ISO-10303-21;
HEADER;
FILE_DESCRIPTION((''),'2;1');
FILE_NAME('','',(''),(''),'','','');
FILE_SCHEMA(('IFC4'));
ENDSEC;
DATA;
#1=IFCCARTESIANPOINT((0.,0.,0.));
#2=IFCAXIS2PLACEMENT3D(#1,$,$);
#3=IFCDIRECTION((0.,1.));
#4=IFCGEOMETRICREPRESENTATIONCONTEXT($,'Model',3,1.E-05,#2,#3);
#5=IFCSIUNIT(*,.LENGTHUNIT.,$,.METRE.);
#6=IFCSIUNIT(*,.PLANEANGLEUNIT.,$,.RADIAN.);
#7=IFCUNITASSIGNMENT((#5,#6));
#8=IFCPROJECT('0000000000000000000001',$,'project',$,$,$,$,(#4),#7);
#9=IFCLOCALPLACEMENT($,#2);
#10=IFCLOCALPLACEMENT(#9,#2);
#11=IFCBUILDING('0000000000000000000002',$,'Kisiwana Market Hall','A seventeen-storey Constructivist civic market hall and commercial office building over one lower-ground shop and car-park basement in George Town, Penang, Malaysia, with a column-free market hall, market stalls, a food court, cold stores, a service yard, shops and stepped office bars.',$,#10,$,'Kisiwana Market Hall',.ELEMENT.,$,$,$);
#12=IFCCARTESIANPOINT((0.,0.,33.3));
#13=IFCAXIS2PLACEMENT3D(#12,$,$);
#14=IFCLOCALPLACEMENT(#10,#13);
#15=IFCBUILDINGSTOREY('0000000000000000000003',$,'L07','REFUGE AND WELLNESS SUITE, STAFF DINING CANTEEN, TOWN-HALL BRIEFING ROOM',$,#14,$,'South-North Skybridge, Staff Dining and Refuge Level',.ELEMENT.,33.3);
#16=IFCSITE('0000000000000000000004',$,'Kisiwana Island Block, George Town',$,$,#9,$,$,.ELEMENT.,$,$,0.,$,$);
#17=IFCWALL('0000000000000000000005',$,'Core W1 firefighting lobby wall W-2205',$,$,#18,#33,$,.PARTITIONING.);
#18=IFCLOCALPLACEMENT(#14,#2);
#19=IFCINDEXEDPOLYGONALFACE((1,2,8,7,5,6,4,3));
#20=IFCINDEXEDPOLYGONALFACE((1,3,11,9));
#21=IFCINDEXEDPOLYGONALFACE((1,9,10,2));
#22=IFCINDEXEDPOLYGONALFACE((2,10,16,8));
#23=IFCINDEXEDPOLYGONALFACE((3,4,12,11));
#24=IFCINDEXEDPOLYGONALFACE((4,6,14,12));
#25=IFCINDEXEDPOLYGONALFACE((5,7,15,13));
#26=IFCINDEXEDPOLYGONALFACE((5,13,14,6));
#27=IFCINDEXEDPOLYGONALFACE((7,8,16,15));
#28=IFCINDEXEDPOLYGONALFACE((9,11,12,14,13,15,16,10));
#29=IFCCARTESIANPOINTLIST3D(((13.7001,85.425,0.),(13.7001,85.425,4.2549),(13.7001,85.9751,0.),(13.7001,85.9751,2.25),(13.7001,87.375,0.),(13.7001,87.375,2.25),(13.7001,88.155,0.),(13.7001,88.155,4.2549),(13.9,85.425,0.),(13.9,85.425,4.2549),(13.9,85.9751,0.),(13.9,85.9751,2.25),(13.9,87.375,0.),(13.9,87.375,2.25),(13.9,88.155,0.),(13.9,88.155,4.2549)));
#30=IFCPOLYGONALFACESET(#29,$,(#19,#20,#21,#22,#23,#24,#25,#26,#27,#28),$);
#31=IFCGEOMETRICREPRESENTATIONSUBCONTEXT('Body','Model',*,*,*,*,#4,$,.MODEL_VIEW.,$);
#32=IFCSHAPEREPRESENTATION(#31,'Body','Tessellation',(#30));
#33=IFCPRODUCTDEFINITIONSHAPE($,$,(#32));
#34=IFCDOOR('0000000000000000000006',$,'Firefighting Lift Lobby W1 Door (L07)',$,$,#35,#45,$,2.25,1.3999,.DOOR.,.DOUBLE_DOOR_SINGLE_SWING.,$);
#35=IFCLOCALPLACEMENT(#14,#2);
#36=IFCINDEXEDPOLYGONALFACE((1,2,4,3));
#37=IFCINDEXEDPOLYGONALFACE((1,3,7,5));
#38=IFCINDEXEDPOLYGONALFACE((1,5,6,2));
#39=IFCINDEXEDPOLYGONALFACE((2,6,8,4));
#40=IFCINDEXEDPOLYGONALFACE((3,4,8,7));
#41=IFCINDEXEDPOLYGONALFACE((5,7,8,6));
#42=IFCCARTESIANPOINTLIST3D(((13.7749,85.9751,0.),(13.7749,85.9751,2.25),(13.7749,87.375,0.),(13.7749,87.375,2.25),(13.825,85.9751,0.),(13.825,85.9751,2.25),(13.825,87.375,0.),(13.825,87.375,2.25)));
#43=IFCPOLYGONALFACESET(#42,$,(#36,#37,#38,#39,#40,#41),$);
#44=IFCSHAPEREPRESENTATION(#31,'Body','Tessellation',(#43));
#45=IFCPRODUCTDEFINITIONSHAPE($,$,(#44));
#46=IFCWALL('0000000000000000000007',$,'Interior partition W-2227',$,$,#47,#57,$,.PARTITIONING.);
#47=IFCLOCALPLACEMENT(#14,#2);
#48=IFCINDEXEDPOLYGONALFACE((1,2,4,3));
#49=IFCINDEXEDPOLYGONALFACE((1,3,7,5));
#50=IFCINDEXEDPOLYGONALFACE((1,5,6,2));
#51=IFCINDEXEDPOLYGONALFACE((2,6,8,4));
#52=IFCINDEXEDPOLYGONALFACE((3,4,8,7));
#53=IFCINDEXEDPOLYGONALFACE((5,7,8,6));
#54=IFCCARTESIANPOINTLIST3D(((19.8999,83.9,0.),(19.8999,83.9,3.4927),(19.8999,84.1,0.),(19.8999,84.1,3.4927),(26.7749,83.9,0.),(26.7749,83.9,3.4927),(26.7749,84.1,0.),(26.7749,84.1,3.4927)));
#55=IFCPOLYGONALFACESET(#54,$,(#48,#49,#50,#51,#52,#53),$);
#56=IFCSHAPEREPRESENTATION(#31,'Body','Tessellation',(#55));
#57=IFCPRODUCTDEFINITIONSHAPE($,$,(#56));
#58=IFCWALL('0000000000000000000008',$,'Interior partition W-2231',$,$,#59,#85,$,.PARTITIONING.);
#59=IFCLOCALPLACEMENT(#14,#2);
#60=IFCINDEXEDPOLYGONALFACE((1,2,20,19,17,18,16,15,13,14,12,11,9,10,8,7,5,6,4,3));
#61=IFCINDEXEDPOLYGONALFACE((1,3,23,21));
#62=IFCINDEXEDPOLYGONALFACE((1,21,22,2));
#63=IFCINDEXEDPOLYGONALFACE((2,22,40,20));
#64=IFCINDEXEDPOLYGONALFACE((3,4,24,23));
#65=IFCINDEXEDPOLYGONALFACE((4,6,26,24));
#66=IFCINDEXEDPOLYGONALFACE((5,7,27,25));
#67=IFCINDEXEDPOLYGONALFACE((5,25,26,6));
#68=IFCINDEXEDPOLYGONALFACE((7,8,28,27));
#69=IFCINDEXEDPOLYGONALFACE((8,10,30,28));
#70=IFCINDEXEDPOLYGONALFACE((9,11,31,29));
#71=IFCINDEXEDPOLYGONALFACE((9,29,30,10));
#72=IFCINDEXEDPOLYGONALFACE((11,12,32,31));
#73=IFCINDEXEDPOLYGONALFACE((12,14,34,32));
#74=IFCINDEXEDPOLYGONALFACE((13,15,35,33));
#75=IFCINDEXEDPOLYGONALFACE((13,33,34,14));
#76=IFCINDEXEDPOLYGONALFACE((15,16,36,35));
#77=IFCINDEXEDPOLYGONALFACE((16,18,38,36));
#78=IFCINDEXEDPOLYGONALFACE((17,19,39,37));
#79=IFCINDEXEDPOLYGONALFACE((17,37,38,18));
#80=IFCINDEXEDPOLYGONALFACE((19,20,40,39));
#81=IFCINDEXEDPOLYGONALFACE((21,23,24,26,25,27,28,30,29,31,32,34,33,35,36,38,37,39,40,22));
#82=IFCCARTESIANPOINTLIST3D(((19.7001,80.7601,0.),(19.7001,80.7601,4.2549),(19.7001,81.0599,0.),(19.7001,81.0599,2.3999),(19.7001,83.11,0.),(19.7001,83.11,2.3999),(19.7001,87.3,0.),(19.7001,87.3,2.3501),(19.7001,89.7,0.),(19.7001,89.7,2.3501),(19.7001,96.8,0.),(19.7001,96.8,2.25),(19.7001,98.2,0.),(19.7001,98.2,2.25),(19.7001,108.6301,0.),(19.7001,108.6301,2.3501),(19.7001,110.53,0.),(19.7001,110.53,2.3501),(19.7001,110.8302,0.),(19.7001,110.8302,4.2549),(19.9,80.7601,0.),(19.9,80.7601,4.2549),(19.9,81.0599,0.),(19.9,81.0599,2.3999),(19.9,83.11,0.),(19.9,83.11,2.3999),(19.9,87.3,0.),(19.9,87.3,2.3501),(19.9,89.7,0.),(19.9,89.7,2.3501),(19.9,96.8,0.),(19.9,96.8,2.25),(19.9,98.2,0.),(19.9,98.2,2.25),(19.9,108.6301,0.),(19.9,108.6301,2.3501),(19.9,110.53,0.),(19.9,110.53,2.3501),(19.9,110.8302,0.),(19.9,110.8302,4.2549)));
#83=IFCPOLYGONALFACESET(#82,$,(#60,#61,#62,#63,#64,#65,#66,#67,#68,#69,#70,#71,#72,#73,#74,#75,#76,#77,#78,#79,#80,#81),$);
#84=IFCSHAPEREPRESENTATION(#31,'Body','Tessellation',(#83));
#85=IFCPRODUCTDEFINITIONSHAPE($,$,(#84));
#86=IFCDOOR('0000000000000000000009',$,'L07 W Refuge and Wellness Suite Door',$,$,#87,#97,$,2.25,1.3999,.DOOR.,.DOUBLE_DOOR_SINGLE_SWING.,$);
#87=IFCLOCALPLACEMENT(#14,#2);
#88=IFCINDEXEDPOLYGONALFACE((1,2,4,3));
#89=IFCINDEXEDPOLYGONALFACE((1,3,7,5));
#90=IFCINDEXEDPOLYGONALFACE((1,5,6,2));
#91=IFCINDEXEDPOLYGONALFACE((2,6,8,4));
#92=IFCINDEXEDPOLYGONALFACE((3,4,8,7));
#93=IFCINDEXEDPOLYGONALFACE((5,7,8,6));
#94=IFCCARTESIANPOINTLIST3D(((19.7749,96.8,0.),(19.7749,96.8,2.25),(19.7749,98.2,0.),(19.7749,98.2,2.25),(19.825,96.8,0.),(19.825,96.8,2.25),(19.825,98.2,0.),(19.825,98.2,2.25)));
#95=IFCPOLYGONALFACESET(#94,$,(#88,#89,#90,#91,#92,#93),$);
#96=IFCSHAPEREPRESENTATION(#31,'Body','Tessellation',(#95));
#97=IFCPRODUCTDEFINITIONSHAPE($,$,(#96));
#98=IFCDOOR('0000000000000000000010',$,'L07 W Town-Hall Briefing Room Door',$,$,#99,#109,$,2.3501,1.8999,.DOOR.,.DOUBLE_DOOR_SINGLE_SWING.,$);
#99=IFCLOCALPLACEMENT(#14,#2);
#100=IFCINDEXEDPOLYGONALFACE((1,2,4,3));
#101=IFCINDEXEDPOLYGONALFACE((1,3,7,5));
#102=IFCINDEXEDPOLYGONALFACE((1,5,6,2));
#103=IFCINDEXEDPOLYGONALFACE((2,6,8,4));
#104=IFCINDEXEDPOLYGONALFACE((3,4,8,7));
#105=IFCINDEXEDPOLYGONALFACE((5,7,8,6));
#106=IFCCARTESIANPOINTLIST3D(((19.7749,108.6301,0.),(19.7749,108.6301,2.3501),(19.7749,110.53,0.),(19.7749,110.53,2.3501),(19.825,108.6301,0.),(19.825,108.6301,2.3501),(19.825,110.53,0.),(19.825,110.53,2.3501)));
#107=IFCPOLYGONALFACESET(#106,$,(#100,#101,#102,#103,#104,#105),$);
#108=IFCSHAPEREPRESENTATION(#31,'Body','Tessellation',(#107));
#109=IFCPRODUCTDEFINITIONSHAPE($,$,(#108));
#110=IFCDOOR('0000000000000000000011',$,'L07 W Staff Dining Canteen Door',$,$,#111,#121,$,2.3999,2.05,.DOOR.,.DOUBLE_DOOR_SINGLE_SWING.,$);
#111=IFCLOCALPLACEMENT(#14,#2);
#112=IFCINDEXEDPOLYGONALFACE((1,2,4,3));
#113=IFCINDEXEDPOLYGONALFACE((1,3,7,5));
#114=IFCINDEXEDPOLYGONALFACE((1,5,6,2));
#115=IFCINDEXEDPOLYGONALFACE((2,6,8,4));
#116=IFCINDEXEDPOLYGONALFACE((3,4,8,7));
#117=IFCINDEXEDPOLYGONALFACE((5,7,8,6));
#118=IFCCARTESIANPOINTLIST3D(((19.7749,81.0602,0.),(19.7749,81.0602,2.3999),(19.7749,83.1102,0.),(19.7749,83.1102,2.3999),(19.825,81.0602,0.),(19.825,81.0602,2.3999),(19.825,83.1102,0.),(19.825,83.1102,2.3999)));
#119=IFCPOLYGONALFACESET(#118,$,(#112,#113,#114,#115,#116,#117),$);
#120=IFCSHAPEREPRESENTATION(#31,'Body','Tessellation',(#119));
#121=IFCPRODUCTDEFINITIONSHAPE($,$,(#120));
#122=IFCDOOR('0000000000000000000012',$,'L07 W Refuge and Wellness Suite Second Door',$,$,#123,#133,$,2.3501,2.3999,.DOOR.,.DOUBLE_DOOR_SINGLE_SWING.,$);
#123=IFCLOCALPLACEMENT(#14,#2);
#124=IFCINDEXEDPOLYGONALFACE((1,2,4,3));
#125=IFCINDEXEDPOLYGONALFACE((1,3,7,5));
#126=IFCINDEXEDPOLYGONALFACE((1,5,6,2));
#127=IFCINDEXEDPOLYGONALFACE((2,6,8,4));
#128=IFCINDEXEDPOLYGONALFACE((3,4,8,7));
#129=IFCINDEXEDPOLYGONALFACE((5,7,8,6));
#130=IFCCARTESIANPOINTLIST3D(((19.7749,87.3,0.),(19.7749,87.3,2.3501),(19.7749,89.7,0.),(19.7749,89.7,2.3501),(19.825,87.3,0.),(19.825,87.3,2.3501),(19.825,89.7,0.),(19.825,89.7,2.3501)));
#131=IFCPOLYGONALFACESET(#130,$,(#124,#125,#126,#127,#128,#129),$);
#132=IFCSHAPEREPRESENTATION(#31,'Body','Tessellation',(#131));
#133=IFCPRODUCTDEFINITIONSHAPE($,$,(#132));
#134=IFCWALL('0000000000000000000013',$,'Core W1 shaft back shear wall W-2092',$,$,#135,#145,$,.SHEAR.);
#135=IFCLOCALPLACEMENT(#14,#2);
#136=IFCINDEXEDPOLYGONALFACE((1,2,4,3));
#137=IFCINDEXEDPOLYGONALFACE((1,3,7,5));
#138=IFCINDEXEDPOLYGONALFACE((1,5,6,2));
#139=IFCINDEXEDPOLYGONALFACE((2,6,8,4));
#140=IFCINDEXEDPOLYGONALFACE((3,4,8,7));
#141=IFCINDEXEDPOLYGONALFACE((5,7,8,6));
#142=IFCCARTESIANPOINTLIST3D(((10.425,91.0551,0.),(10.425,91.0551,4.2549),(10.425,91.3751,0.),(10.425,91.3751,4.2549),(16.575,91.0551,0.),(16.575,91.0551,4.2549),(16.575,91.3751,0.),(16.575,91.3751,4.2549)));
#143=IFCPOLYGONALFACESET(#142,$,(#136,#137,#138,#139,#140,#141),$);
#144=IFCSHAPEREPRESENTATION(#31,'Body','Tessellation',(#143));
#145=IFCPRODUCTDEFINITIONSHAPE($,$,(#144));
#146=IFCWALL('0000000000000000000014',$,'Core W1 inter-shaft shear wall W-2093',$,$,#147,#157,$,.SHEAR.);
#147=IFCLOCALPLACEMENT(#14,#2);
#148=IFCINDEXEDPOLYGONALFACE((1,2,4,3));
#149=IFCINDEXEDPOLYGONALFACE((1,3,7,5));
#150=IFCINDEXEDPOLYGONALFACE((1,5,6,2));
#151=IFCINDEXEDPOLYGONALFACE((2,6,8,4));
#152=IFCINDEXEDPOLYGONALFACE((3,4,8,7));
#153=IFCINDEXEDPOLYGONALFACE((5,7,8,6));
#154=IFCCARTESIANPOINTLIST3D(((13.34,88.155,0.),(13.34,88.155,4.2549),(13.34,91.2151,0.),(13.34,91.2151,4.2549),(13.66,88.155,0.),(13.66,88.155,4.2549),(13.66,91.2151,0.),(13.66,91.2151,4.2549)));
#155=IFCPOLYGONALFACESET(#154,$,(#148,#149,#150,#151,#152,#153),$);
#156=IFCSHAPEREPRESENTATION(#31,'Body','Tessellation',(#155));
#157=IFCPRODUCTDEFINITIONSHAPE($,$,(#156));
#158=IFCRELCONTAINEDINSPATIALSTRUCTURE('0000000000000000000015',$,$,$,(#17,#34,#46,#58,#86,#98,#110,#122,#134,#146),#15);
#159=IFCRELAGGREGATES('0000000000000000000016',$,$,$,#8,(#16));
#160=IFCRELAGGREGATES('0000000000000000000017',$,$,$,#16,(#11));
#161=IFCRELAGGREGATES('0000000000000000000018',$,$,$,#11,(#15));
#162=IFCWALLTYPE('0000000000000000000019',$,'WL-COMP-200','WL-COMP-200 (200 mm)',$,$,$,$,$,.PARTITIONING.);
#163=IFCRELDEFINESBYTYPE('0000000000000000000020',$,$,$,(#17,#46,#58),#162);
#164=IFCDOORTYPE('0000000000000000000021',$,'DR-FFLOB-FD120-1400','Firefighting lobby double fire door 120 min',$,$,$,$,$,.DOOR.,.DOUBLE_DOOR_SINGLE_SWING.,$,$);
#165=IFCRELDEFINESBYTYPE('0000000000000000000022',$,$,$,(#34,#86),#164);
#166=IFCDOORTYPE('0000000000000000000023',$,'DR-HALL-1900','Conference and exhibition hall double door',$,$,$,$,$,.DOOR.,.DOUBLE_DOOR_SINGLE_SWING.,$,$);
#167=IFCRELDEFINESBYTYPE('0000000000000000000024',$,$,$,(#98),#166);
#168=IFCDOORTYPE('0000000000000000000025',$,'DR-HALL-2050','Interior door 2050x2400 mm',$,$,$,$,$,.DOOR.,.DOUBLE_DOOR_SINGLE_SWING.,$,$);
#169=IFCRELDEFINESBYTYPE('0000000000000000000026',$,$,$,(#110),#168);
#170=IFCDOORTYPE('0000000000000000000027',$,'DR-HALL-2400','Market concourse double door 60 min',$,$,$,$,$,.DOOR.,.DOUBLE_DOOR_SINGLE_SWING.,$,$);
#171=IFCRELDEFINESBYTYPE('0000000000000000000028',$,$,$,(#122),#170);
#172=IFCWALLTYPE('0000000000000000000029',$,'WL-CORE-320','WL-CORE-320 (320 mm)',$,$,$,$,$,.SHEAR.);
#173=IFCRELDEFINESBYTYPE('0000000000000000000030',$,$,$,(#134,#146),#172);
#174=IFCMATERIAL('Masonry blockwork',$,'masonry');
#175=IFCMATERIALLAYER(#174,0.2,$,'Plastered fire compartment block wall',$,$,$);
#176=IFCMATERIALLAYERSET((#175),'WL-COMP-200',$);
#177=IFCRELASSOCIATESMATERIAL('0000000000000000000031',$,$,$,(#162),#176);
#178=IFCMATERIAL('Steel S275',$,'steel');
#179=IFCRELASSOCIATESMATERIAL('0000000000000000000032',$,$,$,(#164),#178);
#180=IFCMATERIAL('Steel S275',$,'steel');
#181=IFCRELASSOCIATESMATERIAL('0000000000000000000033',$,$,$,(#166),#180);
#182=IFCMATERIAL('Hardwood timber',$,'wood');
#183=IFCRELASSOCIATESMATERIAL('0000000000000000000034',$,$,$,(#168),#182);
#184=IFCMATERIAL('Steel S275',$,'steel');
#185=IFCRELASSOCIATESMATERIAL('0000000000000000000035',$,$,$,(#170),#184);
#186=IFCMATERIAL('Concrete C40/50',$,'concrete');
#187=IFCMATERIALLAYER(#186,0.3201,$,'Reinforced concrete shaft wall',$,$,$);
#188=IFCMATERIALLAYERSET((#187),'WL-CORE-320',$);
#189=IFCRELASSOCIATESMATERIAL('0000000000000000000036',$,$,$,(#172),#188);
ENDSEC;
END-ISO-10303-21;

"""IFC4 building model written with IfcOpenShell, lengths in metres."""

from ifc_helpers import new_model, si_unit, direction, frame, frame_2d, origin, place, context, subcontext, project, spatial, rectangle, extrude, material, layer, layer_set, type_object, element, fill, save


model = new_model("IFC4")

# Units and contexts
model_context = context("Model", 3, precision=1e-05, world=origin(), true_north=direction((0.0, 1.0)))
body_context = subcontext(model_context, "Body", "Model", "MODEL_VIEW")
ifc_project = project(units=[si_unit("LENGTHUNIT", "METRE"), si_unit("PLANEANGLEUNIT", "RADIAN")], contexts=[model_context])

# Site, building, storey
site_placement = place(None, origin())
site = spatial("IfcSite", under=ifc_project, at=site_placement, Name="Kisiwana Island Block, George Town", CompositionType="ELEMENT", RefElevation=0.0)
building_placement = place(site_placement, origin())
building = spatial("IfcBuilding", under=site, at=building_placement, Name="Kisiwana Market Hall", Description="A seventeen-storey Constructivist civic market hall and commercial office building over one lower-ground shop and car-park basement in George Town, Penang, Malaysia, with a column-free market hall, market stalls, a food court, cold stores, a service yard, shops and stepped office bars.", LongName="Kisiwana Market Hall", CompositionType="ELEMENT")
storey_placement = place(building_placement, frame((0.0, 0.0, 33.3)))
storey = spatial("IfcBuildingStorey", under=building, at=storey_placement, Name="L07", Description="REFUGE AND WELLNESS SUITE, STAFF DINING CANTEEN, TOWN-HALL BRIEFING ROOM", LongName="South-North Skybridge, Staff Dining and Refuge Level", CompositionType="ELEMENT", Elevation=33.3)

# Wall, opening, door
ifc_material_1 = material(Name="Masonry blockwork", Category="masonry")
ifc_layer_1 = layer(ifc_material_1, 0.2, Name="Plastered fire compartment block wall")
ifc_layer_set_1 = layer_set([ifc_layer_1], Name="WL-COMP-200")
wall_type_1 = type_object("IfcWallType", Name="WL-COMP-200", Description="WL-COMP-200 (200 mm)", PredefinedType="PARTITIONING", material=ifc_layer_set_1)
wall_1_placement = place(storey_placement, frame((13.8, 85.425, 0.0), z_axis=(0.0, 0.0, 1.0), x_axis=(0.0, 1.0, 0.0)))
wall_1 = element("IfcWall", 1, at=wall_1_placement, inside=storey, type_object=wall_type_1, Name="Core W1 firefighting lobby wall W-2205", PredefinedType="PARTITIONING", context=body_context, shape_type="SweptSolid", body=[
    extrude(rectangle(XDim=2.73, YDim=0.2, at=frame_2d((1.365, 0.0))), origin(), (0.0, 0.0, 1.0), 4.2549),
])
opening_1_placement = place(wall_1_placement, frame((0.55, 0.0, 0.0)))
opening_1 = element("IfcOpeningElement", 2, at=opening_1_placement, cuts=wall_1, PredefinedType="OPENING", context=body_context, shape_type="SweptSolid", body=[
    extrude(rectangle(XDim=1.3999, YDim=2.25, at=frame_2d((0.7, 1.125))), frame((0.0, 0.1118, 0.0), z_axis=(0.0, -1.0, 0.0), x_axis=(1.0, 0.0, 0.0)), (0.0, 0.0, 1.0), 0.2239),
])
ifc_material_2 = material(Name="Steel S275", Category="steel")
door_type_1 = type_object("IfcDoorType", Name="DR-FFLOB-FD120-1400", Description="Firefighting lobby double fire door 120 min", OperationType="DOUBLE_DOOR_SINGLE_SWING", PredefinedType="DOOR", material=ifc_material_2)
door_1_placement = place(opening_1_placement, frame((1.3999, 0.0, 0.0), z_axis=(0.0, 0.0, 1.0), x_axis=(-1.0, 0.0, 0.0)))
door_1 = element("IfcDoor", 3, at=door_1_placement, inside=storey, type_object=door_type_1, Name="Firefighting Lift Lobby W1 Door (L07)", OperationType="DOUBLE_DOOR_SINGLE_SWING", OverallHeight=2.25, OverallWidth=1.3999, PredefinedType="DOOR", context=body_context, shape_type="SweptSolid", body=[
    extrude(rectangle(XDim=1.3999, YDim=2.25, at=frame_2d((0.7, 1.125))), frame((0.0, 0.0249, 0.0), z_axis=(0.0, -1.0, 0.0), x_axis=(1.0, 0.0, 0.0)), (0.0, 0.0, 1.0), 0.05),
])
fill(opening_1, door_1)

# Wall
wall_2_placement = place(storey_placement, frame((19.8999, 84.0, 0.0), z_axis=(0.0, 0.0, 1.0), x_axis=(1.0, 0.0, 0.0)))
element("IfcWall", 4, at=wall_2_placement, inside=storey, type_object=wall_type_1, Name="Interior partition W-2227", PredefinedType="PARTITIONING", context=body_context, shape_type="SweptSolid", body=[
    extrude(rectangle(XDim=6.875, YDim=0.2, at=frame_2d((3.4375, 0.0))), origin(), (0.0, 0.0, 1.0), 3.4927),
])

# Wall, openings, doors
wall_3_placement = place(storey_placement, frame((19.8, 80.76, 0.0), z_axis=(0.0, 0.0, 1.0), x_axis=(0.0, 1.0, 0.0)))
wall_3 = element("IfcWall", 5, at=wall_3_placement, inside=storey, type_object=wall_type_1, Name="Interior partition W-2231", PredefinedType="PARTITIONING", context=body_context, shape_type="SweptSolid", body=[
    extrude(rectangle(XDim=30.0701, YDim=0.2, at=frame_2d((15.0352, 0.0))), origin(), (0.0, 0.0, 1.0), 4.2549),
])
opening_2_placement = place(wall_3_placement, frame((16.04, 0.0, 0.0)))
opening_2 = element("IfcOpeningElement", 6, at=opening_2_placement, cuts=wall_3, PredefinedType="OPENING", context=body_context, shape_type="SweptSolid", body=[
    extrude(rectangle(XDim=1.3999, YDim=2.25, at=frame_2d((0.7, 1.125))), frame((0.0, 0.1118, 0.0), z_axis=(0.0, -1.0, 0.0), x_axis=(1.0, 0.0, 0.0)), (0.0, 0.0, 1.0), 0.2239),
])
opening_3_placement = place(wall_3_placement, frame((6.54, 0.0, 0.0)))
opening_3 = element("IfcOpeningElement", 7, at=opening_3_placement, cuts=wall_3, PredefinedType="OPENING", context=body_context, shape_type="SweptSolid", body=[
    extrude(rectangle(XDim=2.3999, YDim=2.3501, at=frame_2d((1.2, 1.175))), frame((0.0, 0.1118, 0.0), z_axis=(0.0, -1.0, 0.0), x_axis=(1.0, 0.0, 0.0)), (0.0, 0.0, 1.0), 0.2239),
])
opening_4_placement = place(wall_3_placement, frame((0.3, 0.0, 0.0)))
opening_4 = element("IfcOpeningElement", 8, at=opening_4_placement, cuts=wall_3, PredefinedType="OPENING", context=body_context, shape_type="SweptSolid", body=[
    extrude(rectangle(XDim=2.05, YDim=2.3999, at=frame_2d((1.0249, 1.2))), frame((0.0, 0.1118, 0.0), z_axis=(0.0, -1.0, 0.0), x_axis=(1.0, 0.0, 0.0)), (0.0, 0.0, 1.0), 0.2239),
])
opening_5_placement = place(wall_3_placement, frame((27.8701, 0.0, 0.0)))
opening_5 = element("IfcOpeningElement", 9, at=opening_5_placement, cuts=wall_3, PredefinedType="OPENING", context=body_context, shape_type="SweptSolid", body=[
    extrude(rectangle(XDim=1.8999, YDim=2.3501, at=frame_2d((0.95, 1.175))), frame((0.0, 0.1118, 0.0), z_axis=(0.0, -1.0, 0.0), x_axis=(1.0, 0.0, 0.0)), (0.0, 0.0, 1.0), 0.2239),
])
door_2_placement = place(opening_2_placement, frame((1.3999, 0.0, 0.0), z_axis=(0.0, 0.0, 1.0), x_axis=(-1.0, 0.0, 0.0)))
door_2 = element("IfcDoor", 10, at=door_2_placement, inside=storey, type_object=door_type_1, Name="L07 W Refuge and Wellness Suite Door", OperationType="DOUBLE_DOOR_SINGLE_SWING", OverallHeight=2.25, OverallWidth=1.3999, PredefinedType="DOOR", context=body_context, shape_type="SweptSolid", body=[
    extrude(rectangle(XDim=1.3999, YDim=2.25, at=frame_2d((0.7, 1.125))), frame((0.0, 0.0249, 0.0), z_axis=(0.0, -1.0, 0.0), x_axis=(1.0, 0.0, 0.0)), (0.0, 0.0, 1.0), 0.05),
])
fill(opening_2, door_2)
ifc_material_3 = material(Name="Steel S275", Category="steel")
door_type_2 = type_object("IfcDoorType", Name="DR-HALL-1900", Description="Conference and exhibition hall double door", OperationType="DOUBLE_DOOR_SINGLE_SWING", PredefinedType="DOOR", material=ifc_material_3)
door_3_placement = place(opening_5_placement, frame((1.8999, 0.0, 0.0), z_axis=(0.0, 0.0, 1.0), x_axis=(-1.0, 0.0, 0.0)))
door_3 = element("IfcDoor", 11, at=door_3_placement, inside=storey, type_object=door_type_2, Name="L07 W Town-Hall Briefing Room Door", OperationType="DOUBLE_DOOR_SINGLE_SWING", OverallHeight=2.3501, OverallWidth=1.8999, PredefinedType="DOOR", context=body_context, shape_type="SweptSolid", body=[
    extrude(rectangle(XDim=1.8999, YDim=2.3501, at=frame_2d((0.95, 1.175))), frame((0.0, 0.0249, 0.0), z_axis=(0.0, -1.0, 0.0), x_axis=(1.0, 0.0, 0.0)), (0.0, 0.0, 1.0), 0.05),
])
fill(opening_5, door_3)
ifc_material_4 = material(Name="Hardwood timber", Category="wood")
door_type_3 = type_object("IfcDoorType", Name="DR-HALL-2050", Description="Interior door 2050x2400 mm", OperationType="DOUBLE_DOOR_SINGLE_SWING", PredefinedType="DOOR", material=ifc_material_4)
door_4_placement = place(opening_4_placement, frame((2.05, 0.0, 0.0), z_axis=(0.0, 0.0, 1.0), x_axis=(-1.0, 0.0, 0.0)))
door_4 = element("IfcDoor", 12, at=door_4_placement, inside=storey, type_object=door_type_3, Name="L07 W Staff Dining Canteen Door", OperationType="DOUBLE_DOOR_SINGLE_SWING", OverallHeight=2.3999, OverallWidth=2.05, PredefinedType="DOOR", context=body_context, shape_type="SweptSolid", body=[
    extrude(rectangle(XDim=2.05, YDim=2.3999, at=frame_2d((1.0249, 1.2))), frame((0.0, 0.0249, 0.0), z_axis=(0.0, -1.0, 0.0), x_axis=(1.0, 0.0, 0.0)), (0.0, 0.0, 1.0), 0.05),
])
fill(opening_4, door_4)
ifc_material_5 = material(Name="Steel S275", Category="steel")
door_type_4 = type_object("IfcDoorType", Name="DR-HALL-2400", Description="Market concourse double door 60 min", OperationType="DOUBLE_DOOR_SINGLE_SWING", PredefinedType="DOOR", material=ifc_material_5)
door_5_placement = place(opening_3_placement, frame((2.3999, 0.0, 0.0), z_axis=(0.0, 0.0, 1.0), x_axis=(-1.0, 0.0, 0.0)))
door_5 = element("IfcDoor", 13, at=door_5_placement, inside=storey, type_object=door_type_4, Name="L07 W Refuge and Wellness Suite Second Door", OperationType="DOUBLE_DOOR_SINGLE_SWING", OverallHeight=2.3501, OverallWidth=2.3999, PredefinedType="DOOR", context=body_context, shape_type="SweptSolid", body=[
    extrude(rectangle(XDim=2.3999, YDim=2.3501, at=frame_2d((1.2, 1.175))), frame((0.0, 0.0249, 0.0), z_axis=(0.0, -1.0, 0.0), x_axis=(1.0, 0.0, 0.0)), (0.0, 0.0, 1.0), 0.05),
])
fill(opening_3, door_5)

# Walls
ifc_material_6 = material(Name="Concrete C40/50", Category="concrete")
ifc_layer_2 = layer(ifc_material_6, 0.3201, Name="Reinforced concrete shaft wall")
ifc_layer_set_2 = layer_set([ifc_layer_2], Name="WL-CORE-320")
wall_type_2 = type_object("IfcWallType", Name="WL-CORE-320", Description="WL-CORE-320 (320 mm)", PredefinedType="SHEAR", material=ifc_layer_set_2)
wall_4_placement = place(storey_placement, frame((10.425, 91.2151, 0.0), z_axis=(0.0, 0.0, 1.0), x_axis=(1.0, 0.0, 0.0)))
element("IfcWall", 14, at=wall_4_placement, inside=storey, type_object=wall_type_2, Name="Core W1 shaft back shear wall W-2092", PredefinedType="SHEAR", context=body_context, shape_type="SweptSolid", body=[
    extrude(rectangle(XDim=6.1499, YDim=0.3201, at=frame_2d((3.075, 0.0))), origin(), (0.0, 0.0, 1.0), 4.2549),
])
wall_5_placement = place(storey_placement, frame((13.5, 88.155, 0.0), z_axis=(0.0, 0.0, 1.0), x_axis=(0.0, 1.0, 0.0)))
element("IfcWall", 15, at=wall_5_placement, inside=storey, type_object=wall_type_2, Name="Core W1 inter-shaft shear wall W-2093", PredefinedType="SHEAR", context=body_context, shape_type="SweptSolid", body=[
    extrude(rectangle(XDim=3.0601, YDim=0.3201, at=frame_2d((1.53, 0.0))), origin(), (0.0, 0.0, 1.0), 4.2549),
])

save(model, "model.ifc")
